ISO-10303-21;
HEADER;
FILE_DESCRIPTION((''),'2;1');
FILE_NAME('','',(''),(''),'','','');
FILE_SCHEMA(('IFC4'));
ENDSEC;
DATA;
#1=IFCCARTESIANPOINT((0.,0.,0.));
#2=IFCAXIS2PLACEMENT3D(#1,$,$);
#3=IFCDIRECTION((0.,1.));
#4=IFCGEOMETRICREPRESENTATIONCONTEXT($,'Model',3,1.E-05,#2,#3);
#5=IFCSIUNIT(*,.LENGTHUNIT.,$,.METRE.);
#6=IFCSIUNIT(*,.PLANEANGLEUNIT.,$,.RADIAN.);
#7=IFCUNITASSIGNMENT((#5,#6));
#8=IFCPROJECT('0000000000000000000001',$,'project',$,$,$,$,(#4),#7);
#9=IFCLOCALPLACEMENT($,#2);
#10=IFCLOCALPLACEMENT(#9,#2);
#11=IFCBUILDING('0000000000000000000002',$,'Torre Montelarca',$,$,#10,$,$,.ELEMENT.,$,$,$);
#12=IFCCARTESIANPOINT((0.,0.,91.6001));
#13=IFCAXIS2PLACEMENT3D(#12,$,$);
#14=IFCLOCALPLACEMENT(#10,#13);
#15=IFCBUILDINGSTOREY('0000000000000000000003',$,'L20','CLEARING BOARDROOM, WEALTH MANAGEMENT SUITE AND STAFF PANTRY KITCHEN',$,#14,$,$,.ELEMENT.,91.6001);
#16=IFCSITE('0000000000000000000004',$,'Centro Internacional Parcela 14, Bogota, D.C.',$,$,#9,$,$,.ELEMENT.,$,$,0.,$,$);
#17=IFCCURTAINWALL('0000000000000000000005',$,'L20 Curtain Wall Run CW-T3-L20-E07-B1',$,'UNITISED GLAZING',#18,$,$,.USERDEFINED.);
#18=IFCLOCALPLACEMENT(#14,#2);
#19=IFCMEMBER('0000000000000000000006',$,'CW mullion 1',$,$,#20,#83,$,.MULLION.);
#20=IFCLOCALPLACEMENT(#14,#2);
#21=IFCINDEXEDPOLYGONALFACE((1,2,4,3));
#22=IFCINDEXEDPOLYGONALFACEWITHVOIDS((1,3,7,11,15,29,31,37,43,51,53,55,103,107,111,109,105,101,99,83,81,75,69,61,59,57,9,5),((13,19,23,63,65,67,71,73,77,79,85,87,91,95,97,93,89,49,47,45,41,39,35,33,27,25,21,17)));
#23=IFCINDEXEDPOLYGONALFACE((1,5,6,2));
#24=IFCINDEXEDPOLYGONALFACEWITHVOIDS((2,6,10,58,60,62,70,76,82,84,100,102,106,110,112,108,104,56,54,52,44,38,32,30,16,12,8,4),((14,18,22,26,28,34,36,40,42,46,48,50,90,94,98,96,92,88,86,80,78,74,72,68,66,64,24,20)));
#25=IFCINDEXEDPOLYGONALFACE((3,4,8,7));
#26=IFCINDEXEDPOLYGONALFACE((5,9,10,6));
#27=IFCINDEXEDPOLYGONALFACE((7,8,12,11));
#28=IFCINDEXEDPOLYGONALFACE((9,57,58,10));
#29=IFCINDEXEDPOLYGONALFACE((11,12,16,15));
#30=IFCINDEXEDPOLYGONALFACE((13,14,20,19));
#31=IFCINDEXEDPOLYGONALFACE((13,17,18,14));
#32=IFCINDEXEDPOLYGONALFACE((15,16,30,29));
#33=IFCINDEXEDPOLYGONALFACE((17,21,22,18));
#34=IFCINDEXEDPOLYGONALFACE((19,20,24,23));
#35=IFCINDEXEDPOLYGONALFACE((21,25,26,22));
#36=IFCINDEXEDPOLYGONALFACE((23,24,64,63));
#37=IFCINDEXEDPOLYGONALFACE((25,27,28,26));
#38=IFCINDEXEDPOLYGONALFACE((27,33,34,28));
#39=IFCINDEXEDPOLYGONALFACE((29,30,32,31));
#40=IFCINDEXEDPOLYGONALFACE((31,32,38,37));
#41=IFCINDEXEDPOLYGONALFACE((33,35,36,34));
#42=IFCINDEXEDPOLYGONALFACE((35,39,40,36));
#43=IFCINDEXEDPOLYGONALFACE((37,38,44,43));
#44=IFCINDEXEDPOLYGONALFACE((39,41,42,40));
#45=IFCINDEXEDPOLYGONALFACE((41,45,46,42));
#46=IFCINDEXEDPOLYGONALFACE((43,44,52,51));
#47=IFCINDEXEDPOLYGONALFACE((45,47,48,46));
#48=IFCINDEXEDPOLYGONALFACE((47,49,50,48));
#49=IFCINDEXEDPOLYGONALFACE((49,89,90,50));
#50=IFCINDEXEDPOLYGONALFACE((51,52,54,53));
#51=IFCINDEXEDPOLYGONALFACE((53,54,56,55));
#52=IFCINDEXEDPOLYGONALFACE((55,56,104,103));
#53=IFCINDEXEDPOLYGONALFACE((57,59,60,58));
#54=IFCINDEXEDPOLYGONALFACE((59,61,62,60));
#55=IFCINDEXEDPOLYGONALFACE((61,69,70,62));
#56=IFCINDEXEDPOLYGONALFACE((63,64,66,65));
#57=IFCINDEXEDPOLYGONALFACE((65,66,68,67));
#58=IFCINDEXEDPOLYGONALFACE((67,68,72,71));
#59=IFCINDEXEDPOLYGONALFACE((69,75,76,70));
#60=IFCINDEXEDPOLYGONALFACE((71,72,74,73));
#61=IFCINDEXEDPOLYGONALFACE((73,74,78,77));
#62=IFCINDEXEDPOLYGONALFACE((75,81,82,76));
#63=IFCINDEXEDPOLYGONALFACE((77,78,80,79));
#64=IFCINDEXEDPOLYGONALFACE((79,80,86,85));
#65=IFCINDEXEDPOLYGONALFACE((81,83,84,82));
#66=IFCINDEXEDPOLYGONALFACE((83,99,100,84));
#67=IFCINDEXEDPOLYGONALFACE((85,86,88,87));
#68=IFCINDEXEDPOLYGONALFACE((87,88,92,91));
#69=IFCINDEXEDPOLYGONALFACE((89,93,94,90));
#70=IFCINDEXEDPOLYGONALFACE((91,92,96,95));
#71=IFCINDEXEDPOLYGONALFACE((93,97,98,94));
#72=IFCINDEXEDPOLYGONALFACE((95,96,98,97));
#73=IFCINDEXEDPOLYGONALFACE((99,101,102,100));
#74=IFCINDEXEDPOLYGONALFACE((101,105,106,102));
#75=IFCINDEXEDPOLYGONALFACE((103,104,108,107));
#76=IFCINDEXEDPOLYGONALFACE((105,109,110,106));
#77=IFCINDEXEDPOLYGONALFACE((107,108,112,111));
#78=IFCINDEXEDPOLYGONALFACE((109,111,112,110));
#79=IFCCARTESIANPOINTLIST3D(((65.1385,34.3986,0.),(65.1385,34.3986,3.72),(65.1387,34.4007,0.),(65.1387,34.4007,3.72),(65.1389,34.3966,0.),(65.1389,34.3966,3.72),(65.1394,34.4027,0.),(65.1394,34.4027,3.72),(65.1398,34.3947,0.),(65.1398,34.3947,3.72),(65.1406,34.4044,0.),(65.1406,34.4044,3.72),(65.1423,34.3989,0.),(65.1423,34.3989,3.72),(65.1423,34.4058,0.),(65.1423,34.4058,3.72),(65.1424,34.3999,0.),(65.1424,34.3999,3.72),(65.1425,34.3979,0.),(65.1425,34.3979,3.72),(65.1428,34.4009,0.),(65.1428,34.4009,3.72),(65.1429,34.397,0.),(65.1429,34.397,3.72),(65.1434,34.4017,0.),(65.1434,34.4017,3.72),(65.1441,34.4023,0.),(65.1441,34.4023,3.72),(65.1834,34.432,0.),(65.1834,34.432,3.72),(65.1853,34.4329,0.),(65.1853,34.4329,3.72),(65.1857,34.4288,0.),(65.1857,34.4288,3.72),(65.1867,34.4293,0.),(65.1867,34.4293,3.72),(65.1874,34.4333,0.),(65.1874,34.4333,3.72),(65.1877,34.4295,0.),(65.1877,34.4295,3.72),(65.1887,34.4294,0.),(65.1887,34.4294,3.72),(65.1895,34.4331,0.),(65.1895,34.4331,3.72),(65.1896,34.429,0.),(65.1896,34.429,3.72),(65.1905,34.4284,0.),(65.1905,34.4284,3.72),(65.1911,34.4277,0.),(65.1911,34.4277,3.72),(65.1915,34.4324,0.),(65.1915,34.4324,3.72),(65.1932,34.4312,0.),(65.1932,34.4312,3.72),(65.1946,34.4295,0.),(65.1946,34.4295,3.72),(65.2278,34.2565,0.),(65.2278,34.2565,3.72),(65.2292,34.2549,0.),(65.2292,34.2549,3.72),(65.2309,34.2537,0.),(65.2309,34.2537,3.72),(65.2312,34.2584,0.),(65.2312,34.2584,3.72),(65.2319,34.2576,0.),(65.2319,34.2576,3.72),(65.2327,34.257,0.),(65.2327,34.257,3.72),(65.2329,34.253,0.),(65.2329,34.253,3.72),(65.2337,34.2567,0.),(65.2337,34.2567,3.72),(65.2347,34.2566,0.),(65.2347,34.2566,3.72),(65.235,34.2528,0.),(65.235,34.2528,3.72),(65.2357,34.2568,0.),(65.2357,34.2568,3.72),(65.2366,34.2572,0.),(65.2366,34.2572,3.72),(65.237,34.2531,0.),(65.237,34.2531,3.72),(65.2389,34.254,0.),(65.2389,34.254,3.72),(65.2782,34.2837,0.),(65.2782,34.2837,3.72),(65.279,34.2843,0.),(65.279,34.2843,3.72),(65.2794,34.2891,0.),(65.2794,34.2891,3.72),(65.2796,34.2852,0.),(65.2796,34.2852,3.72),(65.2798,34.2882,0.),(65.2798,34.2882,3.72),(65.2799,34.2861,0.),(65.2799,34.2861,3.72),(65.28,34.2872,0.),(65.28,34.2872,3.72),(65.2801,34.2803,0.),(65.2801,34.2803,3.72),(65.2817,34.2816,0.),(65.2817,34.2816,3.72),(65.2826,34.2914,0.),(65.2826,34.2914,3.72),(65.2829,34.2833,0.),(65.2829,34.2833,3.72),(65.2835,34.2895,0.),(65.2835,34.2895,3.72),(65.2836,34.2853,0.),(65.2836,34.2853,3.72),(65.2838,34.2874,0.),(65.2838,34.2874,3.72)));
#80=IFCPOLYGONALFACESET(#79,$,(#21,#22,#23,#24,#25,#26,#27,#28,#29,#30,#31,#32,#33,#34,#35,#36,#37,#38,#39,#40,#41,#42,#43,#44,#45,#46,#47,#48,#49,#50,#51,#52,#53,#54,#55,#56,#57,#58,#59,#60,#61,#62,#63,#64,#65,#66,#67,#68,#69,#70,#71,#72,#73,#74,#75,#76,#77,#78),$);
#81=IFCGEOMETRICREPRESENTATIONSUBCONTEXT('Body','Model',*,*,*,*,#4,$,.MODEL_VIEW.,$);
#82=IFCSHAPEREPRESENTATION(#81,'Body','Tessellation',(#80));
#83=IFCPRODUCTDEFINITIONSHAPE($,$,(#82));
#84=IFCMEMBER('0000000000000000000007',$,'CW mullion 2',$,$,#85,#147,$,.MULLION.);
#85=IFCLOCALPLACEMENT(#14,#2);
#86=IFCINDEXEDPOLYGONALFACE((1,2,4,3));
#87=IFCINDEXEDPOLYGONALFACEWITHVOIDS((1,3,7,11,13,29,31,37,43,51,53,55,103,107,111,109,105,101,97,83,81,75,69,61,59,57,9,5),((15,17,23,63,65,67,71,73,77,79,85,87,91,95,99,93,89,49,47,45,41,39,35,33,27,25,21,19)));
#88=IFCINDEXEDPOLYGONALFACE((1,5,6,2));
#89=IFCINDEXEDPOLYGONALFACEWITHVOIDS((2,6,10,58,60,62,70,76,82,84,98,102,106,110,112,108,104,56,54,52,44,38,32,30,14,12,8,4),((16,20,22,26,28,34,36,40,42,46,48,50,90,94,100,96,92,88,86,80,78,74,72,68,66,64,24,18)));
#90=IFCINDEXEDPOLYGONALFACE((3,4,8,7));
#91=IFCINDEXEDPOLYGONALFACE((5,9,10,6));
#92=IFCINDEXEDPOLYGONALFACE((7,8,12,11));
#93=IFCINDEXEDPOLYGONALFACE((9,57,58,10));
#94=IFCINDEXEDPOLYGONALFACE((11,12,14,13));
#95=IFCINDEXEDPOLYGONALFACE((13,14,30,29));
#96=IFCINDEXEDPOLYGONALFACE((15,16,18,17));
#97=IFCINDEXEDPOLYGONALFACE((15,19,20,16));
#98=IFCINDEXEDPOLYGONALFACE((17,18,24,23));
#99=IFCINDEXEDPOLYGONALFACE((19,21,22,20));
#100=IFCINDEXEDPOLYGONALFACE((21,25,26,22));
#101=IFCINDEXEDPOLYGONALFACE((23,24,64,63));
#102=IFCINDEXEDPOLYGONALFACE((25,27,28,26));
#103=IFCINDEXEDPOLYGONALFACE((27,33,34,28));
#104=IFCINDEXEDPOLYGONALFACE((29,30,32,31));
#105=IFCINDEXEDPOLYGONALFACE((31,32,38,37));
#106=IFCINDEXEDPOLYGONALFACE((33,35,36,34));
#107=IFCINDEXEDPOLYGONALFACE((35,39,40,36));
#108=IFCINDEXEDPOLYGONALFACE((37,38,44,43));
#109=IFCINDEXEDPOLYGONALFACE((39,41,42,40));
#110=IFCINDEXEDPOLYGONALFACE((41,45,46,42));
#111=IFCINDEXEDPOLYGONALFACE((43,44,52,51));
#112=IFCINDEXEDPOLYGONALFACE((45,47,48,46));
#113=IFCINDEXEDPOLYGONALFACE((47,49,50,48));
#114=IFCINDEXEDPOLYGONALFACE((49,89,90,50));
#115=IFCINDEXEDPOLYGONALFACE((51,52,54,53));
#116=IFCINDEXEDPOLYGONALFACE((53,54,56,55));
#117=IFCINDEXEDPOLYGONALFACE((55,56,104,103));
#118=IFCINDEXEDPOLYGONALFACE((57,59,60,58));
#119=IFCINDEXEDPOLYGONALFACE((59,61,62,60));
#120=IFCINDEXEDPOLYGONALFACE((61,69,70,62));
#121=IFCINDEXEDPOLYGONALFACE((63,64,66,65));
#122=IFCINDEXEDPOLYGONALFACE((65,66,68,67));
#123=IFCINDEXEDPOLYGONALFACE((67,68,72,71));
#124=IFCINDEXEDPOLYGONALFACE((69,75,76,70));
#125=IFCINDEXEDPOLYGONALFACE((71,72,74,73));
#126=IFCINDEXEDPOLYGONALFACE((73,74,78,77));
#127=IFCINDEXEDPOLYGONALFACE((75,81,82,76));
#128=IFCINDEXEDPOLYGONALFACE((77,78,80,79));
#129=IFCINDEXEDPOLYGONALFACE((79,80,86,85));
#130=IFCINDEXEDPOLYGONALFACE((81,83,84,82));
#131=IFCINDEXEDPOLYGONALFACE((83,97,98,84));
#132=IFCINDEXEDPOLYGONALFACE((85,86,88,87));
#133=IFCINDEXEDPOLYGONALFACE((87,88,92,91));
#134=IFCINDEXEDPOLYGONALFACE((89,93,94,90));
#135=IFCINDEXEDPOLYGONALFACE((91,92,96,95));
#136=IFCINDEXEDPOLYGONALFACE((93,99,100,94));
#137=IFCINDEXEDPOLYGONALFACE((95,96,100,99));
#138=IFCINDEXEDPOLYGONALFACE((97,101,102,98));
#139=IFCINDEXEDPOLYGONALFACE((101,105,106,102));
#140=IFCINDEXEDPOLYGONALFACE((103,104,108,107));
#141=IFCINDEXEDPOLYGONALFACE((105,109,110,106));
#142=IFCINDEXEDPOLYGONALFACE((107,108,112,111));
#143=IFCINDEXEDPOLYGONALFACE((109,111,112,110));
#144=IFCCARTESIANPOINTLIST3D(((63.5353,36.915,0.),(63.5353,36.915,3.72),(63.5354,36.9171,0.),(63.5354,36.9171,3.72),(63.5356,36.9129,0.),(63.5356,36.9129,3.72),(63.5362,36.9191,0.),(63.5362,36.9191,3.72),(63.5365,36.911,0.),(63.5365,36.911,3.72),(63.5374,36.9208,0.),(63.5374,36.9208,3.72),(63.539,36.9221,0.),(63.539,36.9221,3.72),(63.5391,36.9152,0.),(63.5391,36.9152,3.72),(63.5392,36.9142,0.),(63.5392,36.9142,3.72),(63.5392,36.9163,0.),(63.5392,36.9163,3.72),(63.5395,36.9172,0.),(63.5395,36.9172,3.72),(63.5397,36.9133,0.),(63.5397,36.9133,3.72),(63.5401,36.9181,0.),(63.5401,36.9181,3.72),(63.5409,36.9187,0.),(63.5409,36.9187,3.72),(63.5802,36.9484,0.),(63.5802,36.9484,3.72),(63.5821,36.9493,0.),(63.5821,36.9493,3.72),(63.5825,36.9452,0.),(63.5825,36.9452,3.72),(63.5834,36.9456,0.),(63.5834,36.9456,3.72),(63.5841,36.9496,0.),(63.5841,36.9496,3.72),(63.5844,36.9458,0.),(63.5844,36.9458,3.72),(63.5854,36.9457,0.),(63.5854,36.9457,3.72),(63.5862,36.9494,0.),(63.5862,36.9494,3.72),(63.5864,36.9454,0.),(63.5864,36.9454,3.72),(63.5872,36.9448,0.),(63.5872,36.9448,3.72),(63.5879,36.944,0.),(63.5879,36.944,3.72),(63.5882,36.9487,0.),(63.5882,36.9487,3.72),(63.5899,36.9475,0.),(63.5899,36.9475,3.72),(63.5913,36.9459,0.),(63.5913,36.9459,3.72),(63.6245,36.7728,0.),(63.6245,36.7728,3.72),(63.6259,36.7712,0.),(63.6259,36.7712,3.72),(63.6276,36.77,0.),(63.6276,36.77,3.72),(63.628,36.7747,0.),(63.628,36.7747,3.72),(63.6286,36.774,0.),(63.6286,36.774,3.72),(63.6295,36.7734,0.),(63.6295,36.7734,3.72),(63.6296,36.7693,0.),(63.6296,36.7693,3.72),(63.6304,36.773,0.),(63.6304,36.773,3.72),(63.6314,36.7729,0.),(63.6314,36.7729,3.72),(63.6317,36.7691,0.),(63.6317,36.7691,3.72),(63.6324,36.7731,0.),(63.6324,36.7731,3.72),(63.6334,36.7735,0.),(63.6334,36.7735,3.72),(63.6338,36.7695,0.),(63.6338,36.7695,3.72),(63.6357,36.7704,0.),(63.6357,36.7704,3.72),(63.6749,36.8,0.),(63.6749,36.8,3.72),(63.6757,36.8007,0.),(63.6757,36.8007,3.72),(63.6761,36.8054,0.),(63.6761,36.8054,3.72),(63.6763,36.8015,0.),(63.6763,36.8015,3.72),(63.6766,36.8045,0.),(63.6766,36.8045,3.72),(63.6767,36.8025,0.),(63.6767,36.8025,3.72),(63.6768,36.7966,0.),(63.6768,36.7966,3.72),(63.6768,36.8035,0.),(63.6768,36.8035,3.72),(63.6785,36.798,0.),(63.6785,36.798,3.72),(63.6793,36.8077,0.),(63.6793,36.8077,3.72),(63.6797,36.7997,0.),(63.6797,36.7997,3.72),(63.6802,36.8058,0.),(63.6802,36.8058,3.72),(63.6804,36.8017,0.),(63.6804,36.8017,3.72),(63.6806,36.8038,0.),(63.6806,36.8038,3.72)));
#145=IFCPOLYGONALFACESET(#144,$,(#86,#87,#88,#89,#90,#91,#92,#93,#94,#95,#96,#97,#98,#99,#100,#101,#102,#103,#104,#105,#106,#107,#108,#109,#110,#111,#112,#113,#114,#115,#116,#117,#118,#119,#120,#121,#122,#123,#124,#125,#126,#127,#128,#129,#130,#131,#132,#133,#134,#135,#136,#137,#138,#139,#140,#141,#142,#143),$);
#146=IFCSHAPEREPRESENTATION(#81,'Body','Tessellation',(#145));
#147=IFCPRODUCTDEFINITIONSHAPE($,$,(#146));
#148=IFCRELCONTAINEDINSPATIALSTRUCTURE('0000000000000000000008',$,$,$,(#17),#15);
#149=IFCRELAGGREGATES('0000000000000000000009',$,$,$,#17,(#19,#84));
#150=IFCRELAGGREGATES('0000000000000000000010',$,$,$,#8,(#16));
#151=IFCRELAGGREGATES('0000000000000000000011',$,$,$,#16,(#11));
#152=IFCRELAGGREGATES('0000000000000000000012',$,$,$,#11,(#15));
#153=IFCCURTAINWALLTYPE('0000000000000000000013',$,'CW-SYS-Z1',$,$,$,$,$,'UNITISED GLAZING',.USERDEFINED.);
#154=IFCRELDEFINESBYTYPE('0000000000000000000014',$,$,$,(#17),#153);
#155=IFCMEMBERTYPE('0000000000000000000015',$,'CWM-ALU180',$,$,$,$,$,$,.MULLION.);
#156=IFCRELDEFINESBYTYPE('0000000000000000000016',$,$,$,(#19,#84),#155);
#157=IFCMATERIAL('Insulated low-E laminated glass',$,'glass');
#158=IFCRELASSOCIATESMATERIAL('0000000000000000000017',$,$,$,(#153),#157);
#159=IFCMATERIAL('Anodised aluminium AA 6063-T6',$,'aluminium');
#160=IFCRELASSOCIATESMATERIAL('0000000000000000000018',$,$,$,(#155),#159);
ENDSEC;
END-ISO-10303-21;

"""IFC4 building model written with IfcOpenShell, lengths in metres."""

from ifc_helpers import new_model, si_unit, direction, frame, origin, origin_2d, place, context, subcontext, project, spatial, hollow_rectangle, extrude, source, transform, mapped, material, material_profile, profile_set, type_object, element, aggregate, save


model = new_model("IFC4")

# Units and contexts
model_context = context("Model", 3, precision=1e-05, world=origin(), true_north=direction((0.0, 1.0)))
body_context = subcontext(model_context, "Body", "Model", "MODEL_VIEW")
ifc_project = project(units=[si_unit("LENGTHUNIT", "METRE"), si_unit("PLANEANGLEUNIT", "RADIAN")], contexts=[model_context])

# Site, building, storey
site_placement = place(None, origin())
site = spatial("IfcSite", under=ifc_project, at=site_placement, Name="Centro Internacional Parcela 14, Bogota, D.C.", CompositionType="ELEMENT", RefElevation=0.0)
building_placement = place(site_placement, origin())
building = spatial("IfcBuilding", under=site, at=building_placement, Name="Torre Montelarca", CompositionType="ELEMENT")
storey_placement = place(building_placement, frame((0.0, 0.0, 91.6001)))
storey = spatial("IfcBuildingStorey", under=building, at=storey_placement, Name="L20", Description="CLEARING BOARDROOM, WEALTH MANAGEMENT SUITE AND STAFF PANTRY KITCHEN", CompositionType="ELEMENT", Elevation=91.6001)

# Curtain wall
ifc_material_1 = material(Name="Insulated low-E laminated glass", Category="glass")
curtain_wall_type = type_object("IfcCurtainWallType", Name="CW-SYS-Z1", ElementType="UNITISED GLAZING", PredefinedType="USERDEFINED", material=ifc_material_1)
curtain_wall_1_placement = place(storey_placement, origin())
curtain_wall_1 = element("IfcCurtainWall", 1, at=curtain_wall_1_placement, inside=storey, type_object=curtain_wall_type, Name="L20 Curtain Wall Run CW-T3-L20-E07-B1", ObjectType="UNITISED GLAZING", PredefinedType="USERDEFINED")
ifc_material_2 = material(Name="Anodised aluminium AA 6063-T6", Category="aluminium")

# Members
ifc_material_profile_1 = material_profile(ifc_material_2, hollow_rectangle(XDim=0.0649, YDim=0.1799, WallThickness=0.0039, InnerFilletRadius=0.0039, OuterFilletRadius=0.0081, at=origin_2d()), Name="ALU65X180X4", Category="aluminium")
ifc_profile_set_1 = profile_set([ifc_material_profile_1], Name="Anodised aluminium AA 6063-T6")
member_type_1 = type_object("IfcMemberType", Name="CWM-ALU180", PredefinedType="MULLION", material=ifc_profile_set_1)
shared_shape_1 = source(origin(), body_context, "Body", "SweptSolid", [
    extrude(hollow_rectangle(XDim=0.0649, YDim=0.1799, WallThickness=0.0039, InnerFilletRadius=0.0039, OuterFilletRadius=0.0081, at=origin_2d()), origin(), (0.0, 0.0, 1.0), 3.72),
])
member_1_placement = place(storey_placement, frame((65.2112, 34.343, 0.0), z_axis=(0.0, 0.0, 1.0), x_axis=(-0.843381, -0.537316, 0.0)))
member_1 = element("IfcMember", 2, at=member_1_placement, type_object=member_type_1, Name="CW mullion 1", PredefinedType="MULLION", context=body_context, shape_type="MappedRepresentation", body=[
    mapped(shared_shape_1, transform((0.0, 0.0, 0.0), scale=1.0)),
])
member_2_placement = place(storey_placement, frame((63.6079, 36.8594, 0.0), z_axis=(0.0, 0.0, 1.0), x_axis=(-0.843381, -0.537316, 0.0)))
member_2 = element("IfcMember", 3, at=member_2_placement, type_object=member_type_1, Name="CW mullion 2", PredefinedType="MULLION", context=body_context, shape_type="MappedRepresentation", body=[
    mapped(shared_shape_1, transform((0.0, 0.0, 0.0), scale=1.0)),
])

aggregate(curtain_wall_1, [member_1, member_2])

save(model, "model.ifc")
